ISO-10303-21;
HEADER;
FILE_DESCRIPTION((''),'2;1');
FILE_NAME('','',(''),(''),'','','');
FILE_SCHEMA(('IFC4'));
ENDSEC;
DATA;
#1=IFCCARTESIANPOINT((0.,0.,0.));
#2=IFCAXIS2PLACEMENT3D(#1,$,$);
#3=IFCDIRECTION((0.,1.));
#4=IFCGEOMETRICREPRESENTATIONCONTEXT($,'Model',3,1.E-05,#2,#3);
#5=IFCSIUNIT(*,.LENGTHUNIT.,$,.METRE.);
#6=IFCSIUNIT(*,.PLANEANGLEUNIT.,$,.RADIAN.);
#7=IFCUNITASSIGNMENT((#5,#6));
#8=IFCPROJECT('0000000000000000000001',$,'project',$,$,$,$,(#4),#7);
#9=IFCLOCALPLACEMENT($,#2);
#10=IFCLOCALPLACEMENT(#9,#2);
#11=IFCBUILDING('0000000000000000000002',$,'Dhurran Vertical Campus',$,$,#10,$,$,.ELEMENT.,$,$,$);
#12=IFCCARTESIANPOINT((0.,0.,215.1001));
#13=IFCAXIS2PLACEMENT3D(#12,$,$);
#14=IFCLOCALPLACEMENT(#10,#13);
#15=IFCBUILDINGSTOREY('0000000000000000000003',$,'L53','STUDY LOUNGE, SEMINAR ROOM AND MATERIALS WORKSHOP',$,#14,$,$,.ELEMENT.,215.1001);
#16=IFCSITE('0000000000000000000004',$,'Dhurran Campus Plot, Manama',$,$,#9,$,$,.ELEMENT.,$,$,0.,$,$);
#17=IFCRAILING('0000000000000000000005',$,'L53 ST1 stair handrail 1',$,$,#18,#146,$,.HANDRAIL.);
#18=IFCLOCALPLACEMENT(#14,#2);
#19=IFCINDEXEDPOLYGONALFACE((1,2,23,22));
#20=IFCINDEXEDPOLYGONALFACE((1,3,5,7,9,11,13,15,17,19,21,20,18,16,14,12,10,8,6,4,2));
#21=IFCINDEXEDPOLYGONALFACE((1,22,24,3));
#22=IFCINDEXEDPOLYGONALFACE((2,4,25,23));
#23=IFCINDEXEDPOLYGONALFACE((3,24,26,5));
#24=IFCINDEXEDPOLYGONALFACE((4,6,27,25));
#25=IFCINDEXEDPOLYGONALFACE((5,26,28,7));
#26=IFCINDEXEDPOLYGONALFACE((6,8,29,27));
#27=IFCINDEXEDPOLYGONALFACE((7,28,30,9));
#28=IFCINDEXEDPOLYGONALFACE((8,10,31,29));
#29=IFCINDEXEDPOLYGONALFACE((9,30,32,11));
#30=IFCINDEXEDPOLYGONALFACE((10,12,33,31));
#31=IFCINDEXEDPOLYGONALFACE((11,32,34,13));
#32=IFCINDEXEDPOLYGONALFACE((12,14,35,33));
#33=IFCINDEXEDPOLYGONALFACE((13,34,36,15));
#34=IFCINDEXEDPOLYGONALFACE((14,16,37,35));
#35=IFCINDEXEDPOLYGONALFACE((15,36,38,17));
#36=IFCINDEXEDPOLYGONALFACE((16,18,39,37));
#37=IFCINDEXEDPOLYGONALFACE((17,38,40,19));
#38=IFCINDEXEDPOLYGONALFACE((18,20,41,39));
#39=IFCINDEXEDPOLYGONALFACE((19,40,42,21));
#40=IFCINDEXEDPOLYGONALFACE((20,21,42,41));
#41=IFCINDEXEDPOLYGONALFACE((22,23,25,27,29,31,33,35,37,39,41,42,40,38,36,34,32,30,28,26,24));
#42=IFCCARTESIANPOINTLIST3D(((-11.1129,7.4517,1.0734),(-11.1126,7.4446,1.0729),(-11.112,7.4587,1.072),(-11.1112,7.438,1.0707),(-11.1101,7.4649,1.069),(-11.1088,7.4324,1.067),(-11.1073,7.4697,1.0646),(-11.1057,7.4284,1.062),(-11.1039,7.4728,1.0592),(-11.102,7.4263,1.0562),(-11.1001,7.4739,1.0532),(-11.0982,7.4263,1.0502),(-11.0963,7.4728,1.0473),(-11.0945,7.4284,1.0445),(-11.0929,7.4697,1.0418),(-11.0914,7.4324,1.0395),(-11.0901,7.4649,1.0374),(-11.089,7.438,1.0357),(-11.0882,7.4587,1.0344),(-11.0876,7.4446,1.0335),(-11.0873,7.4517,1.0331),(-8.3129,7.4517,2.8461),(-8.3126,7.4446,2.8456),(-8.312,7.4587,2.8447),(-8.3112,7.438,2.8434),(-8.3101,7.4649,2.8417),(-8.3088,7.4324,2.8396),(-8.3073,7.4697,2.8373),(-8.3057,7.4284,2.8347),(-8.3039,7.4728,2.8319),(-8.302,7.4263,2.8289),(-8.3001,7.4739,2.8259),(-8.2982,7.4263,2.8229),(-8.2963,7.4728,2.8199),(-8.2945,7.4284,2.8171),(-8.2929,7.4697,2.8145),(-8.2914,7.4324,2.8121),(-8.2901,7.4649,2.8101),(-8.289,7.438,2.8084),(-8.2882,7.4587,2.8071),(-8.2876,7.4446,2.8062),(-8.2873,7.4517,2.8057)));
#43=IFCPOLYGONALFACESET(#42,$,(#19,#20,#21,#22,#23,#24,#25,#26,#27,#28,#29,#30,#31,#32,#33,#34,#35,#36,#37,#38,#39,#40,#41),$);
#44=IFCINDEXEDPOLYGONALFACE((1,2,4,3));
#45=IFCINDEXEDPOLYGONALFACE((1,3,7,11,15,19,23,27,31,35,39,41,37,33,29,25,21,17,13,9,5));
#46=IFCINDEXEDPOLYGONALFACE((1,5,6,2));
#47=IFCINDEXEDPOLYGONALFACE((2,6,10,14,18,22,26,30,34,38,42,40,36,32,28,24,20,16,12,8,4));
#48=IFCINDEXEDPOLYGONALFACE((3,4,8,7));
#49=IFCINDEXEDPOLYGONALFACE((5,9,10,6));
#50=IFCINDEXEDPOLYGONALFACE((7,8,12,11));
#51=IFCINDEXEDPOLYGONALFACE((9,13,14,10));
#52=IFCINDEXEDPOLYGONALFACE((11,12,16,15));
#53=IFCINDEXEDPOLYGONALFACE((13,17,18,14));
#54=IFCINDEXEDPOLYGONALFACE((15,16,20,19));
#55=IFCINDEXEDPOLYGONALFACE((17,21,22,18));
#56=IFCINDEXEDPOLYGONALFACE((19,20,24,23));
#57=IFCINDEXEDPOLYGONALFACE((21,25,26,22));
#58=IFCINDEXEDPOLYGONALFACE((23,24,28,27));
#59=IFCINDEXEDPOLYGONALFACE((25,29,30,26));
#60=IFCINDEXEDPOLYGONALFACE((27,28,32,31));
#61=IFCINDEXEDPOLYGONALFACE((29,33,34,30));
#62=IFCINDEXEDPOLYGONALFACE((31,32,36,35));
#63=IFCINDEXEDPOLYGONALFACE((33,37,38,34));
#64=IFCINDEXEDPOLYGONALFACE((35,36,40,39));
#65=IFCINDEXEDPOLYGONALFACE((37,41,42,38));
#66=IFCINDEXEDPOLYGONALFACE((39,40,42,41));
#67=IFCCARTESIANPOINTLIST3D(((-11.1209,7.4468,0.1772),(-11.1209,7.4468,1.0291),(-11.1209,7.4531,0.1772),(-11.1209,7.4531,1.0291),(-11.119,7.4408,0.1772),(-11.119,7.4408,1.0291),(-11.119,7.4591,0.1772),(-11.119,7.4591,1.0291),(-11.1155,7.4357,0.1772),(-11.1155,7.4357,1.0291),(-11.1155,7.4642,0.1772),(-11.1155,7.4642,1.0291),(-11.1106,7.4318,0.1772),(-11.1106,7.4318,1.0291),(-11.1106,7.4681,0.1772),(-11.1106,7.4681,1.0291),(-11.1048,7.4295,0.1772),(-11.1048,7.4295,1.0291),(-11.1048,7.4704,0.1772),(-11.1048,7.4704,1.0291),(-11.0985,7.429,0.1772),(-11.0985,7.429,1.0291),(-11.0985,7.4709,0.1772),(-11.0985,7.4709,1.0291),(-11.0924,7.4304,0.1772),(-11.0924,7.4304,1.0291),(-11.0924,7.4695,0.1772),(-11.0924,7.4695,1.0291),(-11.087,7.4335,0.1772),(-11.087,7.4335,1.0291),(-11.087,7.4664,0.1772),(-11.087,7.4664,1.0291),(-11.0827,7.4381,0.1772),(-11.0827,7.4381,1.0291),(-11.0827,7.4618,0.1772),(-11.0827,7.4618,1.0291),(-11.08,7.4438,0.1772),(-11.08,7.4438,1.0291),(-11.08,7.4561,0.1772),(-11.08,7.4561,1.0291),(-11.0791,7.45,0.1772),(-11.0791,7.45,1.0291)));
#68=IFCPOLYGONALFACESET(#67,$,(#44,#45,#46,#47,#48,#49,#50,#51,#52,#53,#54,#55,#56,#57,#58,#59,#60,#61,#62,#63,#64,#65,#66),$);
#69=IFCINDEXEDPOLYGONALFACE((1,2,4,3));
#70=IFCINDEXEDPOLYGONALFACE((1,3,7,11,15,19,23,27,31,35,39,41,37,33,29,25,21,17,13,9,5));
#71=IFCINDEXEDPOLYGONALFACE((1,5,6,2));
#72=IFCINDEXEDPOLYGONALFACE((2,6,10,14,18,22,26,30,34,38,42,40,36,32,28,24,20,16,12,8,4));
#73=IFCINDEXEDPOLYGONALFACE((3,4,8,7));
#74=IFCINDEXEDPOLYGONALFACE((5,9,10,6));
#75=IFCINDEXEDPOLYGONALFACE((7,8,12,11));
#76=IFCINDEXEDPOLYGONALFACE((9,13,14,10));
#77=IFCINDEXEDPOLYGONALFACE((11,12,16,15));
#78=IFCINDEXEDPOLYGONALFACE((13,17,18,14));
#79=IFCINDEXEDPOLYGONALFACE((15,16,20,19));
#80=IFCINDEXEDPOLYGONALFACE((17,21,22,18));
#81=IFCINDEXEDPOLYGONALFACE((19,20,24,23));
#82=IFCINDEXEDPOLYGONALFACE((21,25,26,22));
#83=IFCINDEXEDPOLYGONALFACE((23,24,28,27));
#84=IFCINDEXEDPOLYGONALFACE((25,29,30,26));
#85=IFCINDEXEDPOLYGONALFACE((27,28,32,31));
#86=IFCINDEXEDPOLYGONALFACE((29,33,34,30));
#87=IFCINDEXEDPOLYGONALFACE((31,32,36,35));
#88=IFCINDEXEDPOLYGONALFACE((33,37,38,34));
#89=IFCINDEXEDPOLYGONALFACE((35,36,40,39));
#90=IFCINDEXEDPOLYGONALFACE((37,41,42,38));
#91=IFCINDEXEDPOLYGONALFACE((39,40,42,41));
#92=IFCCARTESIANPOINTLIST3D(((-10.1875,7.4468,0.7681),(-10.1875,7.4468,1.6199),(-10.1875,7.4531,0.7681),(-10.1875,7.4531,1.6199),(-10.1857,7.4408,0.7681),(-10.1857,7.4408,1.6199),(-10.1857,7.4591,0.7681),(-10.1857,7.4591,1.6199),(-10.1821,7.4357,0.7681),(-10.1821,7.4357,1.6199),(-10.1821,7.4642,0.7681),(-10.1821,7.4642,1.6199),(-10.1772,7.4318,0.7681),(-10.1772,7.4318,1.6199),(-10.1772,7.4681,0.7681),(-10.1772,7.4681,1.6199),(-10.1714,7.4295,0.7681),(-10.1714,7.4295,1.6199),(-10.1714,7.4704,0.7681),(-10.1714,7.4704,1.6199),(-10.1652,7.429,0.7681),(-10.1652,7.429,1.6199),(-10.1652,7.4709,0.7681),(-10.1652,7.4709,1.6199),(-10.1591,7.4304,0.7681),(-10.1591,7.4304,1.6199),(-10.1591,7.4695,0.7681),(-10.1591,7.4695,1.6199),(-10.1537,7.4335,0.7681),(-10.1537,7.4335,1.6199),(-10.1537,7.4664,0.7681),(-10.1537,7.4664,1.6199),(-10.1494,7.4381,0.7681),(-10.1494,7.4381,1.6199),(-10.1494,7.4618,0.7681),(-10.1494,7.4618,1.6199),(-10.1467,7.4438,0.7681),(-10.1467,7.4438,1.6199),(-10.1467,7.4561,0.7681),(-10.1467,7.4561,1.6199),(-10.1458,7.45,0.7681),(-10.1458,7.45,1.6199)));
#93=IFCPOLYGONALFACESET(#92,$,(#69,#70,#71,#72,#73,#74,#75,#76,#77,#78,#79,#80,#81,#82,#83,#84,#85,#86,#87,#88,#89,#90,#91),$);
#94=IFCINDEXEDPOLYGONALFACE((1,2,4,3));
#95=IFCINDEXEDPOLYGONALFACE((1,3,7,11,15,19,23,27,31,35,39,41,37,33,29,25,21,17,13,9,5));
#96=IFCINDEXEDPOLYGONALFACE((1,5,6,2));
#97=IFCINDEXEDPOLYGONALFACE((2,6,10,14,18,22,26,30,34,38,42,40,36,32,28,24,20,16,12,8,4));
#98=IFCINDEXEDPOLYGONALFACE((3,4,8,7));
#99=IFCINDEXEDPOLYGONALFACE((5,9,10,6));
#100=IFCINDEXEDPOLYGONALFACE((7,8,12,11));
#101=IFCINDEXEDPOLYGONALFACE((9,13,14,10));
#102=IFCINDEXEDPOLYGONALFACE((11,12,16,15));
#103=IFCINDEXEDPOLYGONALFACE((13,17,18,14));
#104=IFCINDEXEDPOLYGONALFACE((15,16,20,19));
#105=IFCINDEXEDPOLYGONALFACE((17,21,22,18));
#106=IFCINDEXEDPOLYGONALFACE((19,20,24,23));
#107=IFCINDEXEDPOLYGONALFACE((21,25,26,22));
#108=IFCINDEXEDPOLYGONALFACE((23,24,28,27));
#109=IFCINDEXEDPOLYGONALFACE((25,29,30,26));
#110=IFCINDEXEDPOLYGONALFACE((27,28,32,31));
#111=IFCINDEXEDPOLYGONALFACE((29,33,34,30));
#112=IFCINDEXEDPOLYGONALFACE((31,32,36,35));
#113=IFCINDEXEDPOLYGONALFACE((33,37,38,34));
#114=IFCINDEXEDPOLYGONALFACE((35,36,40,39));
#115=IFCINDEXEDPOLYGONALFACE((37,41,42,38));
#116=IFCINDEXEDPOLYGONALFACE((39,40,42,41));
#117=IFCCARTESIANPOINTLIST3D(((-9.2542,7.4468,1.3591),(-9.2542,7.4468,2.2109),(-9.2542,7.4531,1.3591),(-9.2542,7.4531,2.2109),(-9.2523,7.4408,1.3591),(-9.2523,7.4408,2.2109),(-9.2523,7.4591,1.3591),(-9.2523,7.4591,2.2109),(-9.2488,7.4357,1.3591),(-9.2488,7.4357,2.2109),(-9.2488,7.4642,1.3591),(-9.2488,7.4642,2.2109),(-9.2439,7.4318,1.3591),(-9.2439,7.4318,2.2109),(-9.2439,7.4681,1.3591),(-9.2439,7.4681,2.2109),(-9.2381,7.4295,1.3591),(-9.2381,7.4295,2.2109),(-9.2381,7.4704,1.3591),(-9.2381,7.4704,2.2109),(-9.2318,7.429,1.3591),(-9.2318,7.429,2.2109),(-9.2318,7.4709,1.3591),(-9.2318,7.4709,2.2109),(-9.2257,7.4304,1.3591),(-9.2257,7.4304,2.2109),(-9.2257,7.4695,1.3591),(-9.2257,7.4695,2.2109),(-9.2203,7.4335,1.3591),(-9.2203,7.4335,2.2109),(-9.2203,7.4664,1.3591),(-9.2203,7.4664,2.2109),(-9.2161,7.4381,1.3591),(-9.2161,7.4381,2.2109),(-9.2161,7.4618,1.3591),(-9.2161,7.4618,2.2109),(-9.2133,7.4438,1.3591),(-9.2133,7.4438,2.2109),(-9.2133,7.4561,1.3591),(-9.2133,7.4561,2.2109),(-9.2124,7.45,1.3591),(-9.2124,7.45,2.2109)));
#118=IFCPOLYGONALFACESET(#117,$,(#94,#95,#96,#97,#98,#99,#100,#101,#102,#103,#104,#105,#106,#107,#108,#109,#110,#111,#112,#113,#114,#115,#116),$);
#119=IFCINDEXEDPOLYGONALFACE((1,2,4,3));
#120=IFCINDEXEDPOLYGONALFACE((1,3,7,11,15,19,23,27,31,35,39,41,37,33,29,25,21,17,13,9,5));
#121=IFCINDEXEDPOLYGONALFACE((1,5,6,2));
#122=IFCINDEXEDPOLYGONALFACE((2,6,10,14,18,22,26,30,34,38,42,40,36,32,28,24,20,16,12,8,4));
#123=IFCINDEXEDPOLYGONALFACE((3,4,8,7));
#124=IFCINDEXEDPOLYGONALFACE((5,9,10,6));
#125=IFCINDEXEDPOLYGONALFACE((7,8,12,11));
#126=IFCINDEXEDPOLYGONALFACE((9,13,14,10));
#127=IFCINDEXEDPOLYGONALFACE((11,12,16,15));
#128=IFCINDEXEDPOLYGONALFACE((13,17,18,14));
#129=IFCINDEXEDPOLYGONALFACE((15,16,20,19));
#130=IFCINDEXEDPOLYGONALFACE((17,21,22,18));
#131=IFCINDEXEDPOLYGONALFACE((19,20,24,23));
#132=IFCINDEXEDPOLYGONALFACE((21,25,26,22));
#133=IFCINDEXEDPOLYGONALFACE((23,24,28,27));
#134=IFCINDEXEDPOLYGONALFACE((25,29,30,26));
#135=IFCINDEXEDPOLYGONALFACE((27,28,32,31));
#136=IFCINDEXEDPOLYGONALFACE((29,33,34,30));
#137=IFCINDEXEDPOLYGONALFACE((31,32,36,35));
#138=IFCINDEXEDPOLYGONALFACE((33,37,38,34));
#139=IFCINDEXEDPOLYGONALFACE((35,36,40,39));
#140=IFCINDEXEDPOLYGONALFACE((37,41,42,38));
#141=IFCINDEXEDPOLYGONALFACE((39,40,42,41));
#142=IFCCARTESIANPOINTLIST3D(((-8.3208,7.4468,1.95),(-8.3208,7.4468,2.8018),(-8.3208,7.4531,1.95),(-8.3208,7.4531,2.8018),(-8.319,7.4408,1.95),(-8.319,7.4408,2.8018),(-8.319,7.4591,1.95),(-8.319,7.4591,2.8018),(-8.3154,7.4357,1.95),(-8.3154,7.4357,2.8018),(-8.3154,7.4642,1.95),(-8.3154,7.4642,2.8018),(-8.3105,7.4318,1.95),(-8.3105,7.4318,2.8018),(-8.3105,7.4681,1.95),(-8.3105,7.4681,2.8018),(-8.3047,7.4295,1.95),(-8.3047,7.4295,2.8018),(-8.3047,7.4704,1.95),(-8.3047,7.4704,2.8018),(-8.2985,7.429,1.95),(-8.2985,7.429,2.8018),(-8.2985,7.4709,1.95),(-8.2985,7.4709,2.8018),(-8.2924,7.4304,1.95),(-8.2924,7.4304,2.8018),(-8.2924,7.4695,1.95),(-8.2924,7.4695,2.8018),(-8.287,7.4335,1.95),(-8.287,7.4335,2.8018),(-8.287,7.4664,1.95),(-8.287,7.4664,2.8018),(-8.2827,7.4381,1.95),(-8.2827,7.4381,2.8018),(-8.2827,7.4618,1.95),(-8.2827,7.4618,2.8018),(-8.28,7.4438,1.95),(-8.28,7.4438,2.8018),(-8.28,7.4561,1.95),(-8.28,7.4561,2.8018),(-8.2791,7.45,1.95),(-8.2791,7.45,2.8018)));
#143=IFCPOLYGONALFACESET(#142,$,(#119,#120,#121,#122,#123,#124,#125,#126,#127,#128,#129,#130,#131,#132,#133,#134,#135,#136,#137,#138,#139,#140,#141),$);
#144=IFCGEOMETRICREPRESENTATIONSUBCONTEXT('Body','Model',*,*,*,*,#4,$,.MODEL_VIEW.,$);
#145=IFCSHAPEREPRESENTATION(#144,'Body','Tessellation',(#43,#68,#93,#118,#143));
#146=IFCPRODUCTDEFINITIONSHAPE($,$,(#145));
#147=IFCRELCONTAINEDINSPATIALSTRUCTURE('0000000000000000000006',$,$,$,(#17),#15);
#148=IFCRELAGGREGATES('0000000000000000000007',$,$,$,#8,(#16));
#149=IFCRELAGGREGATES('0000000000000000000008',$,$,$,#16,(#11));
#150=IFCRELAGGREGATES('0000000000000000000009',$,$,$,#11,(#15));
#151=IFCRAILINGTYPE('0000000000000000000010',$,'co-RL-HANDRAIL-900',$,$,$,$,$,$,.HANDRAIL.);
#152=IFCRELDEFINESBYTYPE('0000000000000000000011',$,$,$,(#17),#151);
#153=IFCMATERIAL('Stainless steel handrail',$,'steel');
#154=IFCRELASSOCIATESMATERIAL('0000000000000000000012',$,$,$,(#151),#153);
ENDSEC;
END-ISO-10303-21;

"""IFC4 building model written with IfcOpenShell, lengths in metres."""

from ifc_helpers import new_model, si_unit, direction, frame, origin, origin_2d, place, context, subcontext, project, spatial, circle, extrude, material, type_object, element, save


model = new_model("IFC4")

# Units and contexts
model_context = context("Model", 3, precision=1e-05, world=origin(), true_north=direction((0.0, 1.0)))
body_context = subcontext(model_context, "Body", "Model", "MODEL_VIEW")
ifc_project = project(units=[si_unit("LENGTHUNIT", "METRE"), si_unit("PLANEANGLEUNIT", "RADIAN")], contexts=[model_context])

# Site, building, storey
site_placement = place(None, origin())
site = spatial("IfcSite", under=ifc_project, at=site_placement, Name="Dhurran Campus Plot, Manama", CompositionType="ELEMENT", RefElevation=0.0)
building_placement = place(site_placement, origin())
building = spatial("IfcBuilding", under=site, at=building_placement, Name="Dhurran Vertical Campus", CompositionType="ELEMENT")
storey_placement = place(building_placement, frame((0.0, 0.0, 215.1001)))
storey = spatial("IfcBuildingStorey", under=building, at=storey_placement, Name="L53", Description="STUDY LOUNGE, SEMINAR ROOM AND MATERIALS WORKSHOP", CompositionType="ELEMENT", Elevation=215.1001)

# Railing
ifc_material_1 = material(Name="Stainless steel handrail", Category="steel")
railing_type_1 = type_object("IfcRailingType", Name="co-RL-HANDRAIL-900", PredefinedType="HANDRAIL", material=ifc_material_1)
railing_1_placement = place(storey_placement, frame((-11.1001, 7.45, 0.1772)))
element("IfcRailing", 1, at=railing_1_placement, inside=storey, type_object=railing_type_1, Name="L53 ST1 stair handrail 1", PredefinedType="HANDRAIL", context=body_context, shape_type="SweptSolid", body=[
    extrude(circle(Radius=0.0239, at=origin_2d()), frame((0.0, 0.0, 0.876), z_axis=(0.844909, 0.0, 0.53491), x_axis=(0.0, 1.0, 0.0)), (0.0, 0.0, 1.0), 3.314),
    extrude(circle(Radius=0.021, at=origin_2d()), origin(), (0.0, 0.0, 1.0), 0.8518),
    extrude(circle(Radius=0.021, at=origin_2d()), frame((0.9333, 0.0, 0.5908)), (0.0, 0.0, 1.0), 0.8518),
    extrude(circle(Radius=0.021, at=origin_2d()), frame((1.8667, 0.0, 1.1819)), (0.0, 0.0, 1.0), 0.8518),
    extrude(circle(Radius=0.021, at=origin_2d()), frame((2.8, 0.0, 1.7727)), (0.0, 0.0, 1.0), 0.8518),
])

save(model, "model.ifc")
